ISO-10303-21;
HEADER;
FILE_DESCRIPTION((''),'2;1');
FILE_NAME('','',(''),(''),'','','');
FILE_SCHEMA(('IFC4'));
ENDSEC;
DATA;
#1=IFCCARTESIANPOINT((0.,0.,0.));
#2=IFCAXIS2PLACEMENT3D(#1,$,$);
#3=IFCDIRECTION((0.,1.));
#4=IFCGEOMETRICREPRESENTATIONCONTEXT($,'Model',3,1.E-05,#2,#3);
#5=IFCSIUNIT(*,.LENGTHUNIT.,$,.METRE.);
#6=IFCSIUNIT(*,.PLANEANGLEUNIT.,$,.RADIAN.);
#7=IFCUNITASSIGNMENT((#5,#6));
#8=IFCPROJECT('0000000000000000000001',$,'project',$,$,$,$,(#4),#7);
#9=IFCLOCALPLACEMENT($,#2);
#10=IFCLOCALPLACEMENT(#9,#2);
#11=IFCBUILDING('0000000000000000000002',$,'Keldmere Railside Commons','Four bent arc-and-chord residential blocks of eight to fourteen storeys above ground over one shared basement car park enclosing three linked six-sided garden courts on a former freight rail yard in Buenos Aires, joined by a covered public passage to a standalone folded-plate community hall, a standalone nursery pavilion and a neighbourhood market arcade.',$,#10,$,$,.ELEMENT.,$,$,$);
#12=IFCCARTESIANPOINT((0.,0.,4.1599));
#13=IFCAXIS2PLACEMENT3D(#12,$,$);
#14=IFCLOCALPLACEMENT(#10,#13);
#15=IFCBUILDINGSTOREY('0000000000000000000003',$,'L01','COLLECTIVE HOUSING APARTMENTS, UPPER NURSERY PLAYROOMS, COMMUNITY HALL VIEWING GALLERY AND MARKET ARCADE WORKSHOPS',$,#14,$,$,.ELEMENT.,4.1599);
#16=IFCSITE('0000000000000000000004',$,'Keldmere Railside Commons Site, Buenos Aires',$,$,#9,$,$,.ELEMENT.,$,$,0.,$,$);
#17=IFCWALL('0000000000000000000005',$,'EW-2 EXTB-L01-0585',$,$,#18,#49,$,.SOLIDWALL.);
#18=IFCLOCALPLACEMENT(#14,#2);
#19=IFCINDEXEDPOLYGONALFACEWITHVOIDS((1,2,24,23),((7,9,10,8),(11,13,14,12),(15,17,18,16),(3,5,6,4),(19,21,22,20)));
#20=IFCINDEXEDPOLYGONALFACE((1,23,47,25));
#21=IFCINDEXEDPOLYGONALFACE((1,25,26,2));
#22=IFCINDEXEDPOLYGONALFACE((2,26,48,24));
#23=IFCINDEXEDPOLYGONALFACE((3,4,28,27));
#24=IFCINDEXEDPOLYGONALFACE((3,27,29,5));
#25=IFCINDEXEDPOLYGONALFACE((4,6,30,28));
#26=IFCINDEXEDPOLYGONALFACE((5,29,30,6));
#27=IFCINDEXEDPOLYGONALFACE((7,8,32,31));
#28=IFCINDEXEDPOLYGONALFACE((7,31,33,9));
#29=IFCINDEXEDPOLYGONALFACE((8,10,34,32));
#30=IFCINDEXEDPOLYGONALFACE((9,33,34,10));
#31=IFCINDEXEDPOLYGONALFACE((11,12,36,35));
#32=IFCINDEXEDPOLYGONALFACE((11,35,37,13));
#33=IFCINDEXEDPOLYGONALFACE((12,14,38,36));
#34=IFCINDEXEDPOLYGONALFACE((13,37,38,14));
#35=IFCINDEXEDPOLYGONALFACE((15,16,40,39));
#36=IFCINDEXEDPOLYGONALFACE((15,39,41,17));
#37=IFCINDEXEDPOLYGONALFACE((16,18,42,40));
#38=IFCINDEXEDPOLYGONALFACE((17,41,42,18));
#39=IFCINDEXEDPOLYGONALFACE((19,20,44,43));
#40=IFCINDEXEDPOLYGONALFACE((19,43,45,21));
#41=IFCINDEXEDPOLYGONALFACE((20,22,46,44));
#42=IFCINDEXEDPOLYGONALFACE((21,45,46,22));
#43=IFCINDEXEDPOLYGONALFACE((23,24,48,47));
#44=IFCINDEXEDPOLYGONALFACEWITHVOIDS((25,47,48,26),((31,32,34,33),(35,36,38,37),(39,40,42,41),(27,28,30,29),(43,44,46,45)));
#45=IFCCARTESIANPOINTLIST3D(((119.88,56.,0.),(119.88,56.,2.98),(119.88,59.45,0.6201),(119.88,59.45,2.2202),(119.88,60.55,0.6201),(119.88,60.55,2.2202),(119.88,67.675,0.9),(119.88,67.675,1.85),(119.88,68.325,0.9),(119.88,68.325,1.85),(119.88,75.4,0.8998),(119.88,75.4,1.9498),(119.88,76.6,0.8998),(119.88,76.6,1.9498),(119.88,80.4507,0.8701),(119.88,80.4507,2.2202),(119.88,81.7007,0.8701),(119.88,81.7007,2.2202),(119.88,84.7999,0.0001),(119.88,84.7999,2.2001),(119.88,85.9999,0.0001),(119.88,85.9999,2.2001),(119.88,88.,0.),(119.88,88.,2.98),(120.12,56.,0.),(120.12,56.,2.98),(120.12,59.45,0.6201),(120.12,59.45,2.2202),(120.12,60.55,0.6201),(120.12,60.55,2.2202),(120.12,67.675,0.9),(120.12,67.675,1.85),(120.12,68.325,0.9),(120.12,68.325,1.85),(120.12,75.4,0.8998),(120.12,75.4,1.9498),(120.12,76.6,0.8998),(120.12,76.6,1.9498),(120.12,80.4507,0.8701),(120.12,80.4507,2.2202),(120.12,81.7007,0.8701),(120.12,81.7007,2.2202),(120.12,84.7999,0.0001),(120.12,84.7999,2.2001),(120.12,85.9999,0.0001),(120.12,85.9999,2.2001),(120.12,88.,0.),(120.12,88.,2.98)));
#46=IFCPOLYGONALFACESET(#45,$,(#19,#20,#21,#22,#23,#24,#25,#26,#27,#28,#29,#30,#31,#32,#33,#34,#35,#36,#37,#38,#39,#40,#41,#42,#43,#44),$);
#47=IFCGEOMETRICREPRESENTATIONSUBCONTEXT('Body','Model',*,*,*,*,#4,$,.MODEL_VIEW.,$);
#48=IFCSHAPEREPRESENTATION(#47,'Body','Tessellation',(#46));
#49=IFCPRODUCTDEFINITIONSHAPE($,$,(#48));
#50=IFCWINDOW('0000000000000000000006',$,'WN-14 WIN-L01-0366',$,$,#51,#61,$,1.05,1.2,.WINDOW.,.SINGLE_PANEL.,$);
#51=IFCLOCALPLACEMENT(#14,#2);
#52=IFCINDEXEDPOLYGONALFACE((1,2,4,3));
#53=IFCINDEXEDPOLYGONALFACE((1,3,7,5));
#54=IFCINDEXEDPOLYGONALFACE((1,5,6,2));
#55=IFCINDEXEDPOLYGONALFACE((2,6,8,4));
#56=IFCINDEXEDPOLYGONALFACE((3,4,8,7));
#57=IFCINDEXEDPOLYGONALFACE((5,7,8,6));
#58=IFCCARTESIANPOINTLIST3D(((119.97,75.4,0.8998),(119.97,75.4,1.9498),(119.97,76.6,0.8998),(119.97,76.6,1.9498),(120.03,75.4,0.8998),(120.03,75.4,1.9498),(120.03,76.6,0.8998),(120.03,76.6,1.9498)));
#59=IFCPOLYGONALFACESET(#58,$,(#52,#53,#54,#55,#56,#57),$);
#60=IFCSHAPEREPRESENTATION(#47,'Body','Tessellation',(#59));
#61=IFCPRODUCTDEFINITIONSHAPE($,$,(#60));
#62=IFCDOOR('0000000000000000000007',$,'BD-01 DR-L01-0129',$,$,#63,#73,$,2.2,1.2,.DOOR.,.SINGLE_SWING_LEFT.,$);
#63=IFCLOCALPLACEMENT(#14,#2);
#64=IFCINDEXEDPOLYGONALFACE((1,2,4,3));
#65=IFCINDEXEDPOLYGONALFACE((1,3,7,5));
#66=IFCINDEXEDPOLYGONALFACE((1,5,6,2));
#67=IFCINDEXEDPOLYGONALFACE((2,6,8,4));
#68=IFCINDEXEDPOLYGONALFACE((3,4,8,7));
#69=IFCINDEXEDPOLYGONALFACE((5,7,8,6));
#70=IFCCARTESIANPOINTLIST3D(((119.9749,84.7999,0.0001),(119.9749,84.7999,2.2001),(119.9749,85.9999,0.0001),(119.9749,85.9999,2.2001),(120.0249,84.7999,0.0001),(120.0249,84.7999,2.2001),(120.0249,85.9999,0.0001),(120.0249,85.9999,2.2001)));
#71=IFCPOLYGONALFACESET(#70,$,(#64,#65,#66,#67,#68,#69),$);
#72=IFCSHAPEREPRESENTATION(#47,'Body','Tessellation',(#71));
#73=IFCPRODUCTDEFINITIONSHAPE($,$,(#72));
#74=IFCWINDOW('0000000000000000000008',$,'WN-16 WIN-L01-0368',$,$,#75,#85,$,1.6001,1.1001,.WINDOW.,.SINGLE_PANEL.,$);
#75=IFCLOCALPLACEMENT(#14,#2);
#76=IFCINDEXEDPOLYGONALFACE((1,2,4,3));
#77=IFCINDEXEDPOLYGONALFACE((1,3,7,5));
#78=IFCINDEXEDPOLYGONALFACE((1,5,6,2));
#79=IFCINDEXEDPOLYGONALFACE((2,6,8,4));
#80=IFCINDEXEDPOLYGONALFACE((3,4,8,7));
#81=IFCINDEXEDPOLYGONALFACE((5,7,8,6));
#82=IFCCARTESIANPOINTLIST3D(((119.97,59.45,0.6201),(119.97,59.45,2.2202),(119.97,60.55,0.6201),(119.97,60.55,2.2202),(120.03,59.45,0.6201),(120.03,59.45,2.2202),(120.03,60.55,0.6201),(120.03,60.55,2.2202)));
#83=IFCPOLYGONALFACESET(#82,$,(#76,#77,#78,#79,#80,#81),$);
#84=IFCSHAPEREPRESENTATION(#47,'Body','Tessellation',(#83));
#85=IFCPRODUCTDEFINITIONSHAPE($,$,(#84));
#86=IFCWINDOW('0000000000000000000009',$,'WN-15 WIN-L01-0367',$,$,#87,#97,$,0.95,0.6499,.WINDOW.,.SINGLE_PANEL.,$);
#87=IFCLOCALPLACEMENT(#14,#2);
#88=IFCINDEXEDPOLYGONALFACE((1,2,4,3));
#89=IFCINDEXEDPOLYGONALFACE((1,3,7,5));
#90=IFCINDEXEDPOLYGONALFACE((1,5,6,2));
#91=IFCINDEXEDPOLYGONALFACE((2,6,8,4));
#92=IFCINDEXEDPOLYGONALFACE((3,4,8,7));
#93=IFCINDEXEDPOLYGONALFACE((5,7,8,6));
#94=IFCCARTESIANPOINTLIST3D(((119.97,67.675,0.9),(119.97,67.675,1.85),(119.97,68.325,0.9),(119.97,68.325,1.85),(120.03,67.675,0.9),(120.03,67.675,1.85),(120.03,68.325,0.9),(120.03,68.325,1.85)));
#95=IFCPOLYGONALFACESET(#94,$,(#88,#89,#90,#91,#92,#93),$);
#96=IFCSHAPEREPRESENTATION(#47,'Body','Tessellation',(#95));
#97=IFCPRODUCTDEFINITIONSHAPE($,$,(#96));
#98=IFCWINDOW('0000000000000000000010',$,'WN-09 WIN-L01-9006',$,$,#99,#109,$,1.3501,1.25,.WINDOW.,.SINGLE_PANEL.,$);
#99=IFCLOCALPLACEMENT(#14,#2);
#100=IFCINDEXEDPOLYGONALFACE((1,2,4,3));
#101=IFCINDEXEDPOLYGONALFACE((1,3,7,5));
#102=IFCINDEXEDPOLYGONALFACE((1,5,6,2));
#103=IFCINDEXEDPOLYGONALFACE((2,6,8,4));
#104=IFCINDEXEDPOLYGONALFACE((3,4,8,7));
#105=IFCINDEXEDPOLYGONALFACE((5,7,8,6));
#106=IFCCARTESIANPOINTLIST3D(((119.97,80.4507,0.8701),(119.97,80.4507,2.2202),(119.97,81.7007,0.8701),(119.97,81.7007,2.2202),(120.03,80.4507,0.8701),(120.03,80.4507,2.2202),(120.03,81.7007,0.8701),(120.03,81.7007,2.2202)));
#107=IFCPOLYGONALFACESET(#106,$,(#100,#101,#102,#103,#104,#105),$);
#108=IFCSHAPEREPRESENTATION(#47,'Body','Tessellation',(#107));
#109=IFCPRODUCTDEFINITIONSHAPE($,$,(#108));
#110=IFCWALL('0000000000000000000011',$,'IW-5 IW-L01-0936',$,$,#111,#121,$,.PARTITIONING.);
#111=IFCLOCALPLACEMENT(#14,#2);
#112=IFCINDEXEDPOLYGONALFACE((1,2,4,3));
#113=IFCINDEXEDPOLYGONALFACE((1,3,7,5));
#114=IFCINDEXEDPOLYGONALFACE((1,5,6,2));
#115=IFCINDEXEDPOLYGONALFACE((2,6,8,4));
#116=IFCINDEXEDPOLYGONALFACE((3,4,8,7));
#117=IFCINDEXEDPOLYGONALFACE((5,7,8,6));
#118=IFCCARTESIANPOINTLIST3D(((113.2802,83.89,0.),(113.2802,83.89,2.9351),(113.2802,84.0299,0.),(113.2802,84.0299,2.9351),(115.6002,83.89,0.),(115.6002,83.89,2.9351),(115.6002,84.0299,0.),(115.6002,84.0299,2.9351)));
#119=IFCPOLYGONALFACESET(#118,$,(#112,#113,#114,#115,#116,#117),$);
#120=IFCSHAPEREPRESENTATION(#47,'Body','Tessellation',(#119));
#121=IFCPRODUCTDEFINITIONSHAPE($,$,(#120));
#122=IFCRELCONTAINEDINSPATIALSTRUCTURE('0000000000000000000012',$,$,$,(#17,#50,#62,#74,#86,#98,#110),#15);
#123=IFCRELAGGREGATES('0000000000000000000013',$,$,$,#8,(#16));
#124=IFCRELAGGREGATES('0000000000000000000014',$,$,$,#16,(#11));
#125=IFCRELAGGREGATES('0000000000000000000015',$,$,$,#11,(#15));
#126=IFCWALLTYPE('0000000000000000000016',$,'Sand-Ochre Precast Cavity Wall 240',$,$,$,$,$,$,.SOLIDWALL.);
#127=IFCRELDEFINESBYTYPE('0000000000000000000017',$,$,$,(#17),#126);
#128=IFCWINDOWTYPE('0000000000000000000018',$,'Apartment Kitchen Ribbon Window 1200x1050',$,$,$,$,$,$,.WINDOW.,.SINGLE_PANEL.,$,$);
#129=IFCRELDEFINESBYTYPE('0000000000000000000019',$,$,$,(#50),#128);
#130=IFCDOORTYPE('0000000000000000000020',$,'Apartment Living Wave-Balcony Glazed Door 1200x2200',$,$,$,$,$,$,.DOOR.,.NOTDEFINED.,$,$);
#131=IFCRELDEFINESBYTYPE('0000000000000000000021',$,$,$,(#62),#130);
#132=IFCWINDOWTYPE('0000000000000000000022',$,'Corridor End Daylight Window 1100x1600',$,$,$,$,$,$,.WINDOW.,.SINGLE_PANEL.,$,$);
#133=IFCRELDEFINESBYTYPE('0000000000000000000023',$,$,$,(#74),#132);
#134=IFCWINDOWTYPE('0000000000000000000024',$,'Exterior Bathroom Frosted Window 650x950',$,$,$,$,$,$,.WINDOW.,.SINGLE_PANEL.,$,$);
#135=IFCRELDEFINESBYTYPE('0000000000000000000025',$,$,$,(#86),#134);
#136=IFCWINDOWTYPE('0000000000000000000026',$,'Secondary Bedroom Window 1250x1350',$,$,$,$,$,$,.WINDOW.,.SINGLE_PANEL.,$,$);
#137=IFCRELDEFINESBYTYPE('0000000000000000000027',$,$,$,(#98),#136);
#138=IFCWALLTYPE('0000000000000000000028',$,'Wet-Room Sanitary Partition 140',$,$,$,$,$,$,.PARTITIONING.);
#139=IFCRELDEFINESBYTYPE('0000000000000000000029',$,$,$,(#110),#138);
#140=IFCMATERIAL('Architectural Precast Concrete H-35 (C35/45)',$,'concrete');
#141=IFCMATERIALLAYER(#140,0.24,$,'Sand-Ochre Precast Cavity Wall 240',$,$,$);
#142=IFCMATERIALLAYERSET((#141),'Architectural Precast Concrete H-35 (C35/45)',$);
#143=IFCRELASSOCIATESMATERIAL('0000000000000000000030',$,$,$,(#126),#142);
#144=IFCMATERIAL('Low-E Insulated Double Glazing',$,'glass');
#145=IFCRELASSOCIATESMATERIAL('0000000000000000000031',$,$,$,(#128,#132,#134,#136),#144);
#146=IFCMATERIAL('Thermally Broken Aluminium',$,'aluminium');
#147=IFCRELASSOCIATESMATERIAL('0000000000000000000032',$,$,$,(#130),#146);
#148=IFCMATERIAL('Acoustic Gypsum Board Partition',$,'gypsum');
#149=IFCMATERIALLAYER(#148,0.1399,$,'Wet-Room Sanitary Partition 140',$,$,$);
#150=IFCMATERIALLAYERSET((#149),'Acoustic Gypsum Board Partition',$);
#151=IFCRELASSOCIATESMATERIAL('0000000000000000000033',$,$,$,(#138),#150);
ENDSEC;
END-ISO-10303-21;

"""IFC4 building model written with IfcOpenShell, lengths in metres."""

from ifc_helpers import new_model, si_unit, direction, frame, frame_2d, origin, place, context, subcontext, project, spatial, rectangle, extrude, material, layer, layer_set, type_object, element, fill, save


model = new_model("IFC4")

# Units and contexts
model_context = context("Model", 3, precision=1e-05, world=origin(), true_north=direction((0.0, 1.0)))
body_context = subcontext(model_context, "Body", "Model", "MODEL_VIEW")
ifc_project = project(units=[si_unit("LENGTHUNIT", "METRE"), si_unit("PLANEANGLEUNIT", "RADIAN")], contexts=[model_context])

# Site, building, storey
site_placement = place(None, origin())
site = spatial("IfcSite", under=ifc_project, at=site_placement, Name="Keldmere Railside Commons Site, Buenos Aires", CompositionType="ELEMENT", RefElevation=0.0)
building_placement = place(site_placement, origin())
building = spatial("IfcBuilding", under=site, at=building_placement, Name="Keldmere Railside Commons", Description="Four bent arc-and-chord residential blocks of eight to fourteen storeys above ground over one shared basement car park enclosing three linked six-sided garden courts on a former freight rail yard in Buenos Aires, joined by a covered public passage to a standalone folded-plate community hall, a standalone nursery pavilion and a neighbourhood market arcade.", CompositionType="ELEMENT")
storey_placement = place(building_placement, frame((0.0, 0.0, 4.1599)))
storey = spatial("IfcBuildingStorey", under=building, at=storey_placement, Name="L01", Description="COLLECTIVE HOUSING APARTMENTS, UPPER NURSERY PLAYROOMS, COMMUNITY HALL VIEWING GALLERY AND MARKET ARCADE WORKSHOPS", CompositionType="ELEMENT", Elevation=4.1599)

# Shared definitions
ifc_material_1 = material(Name="Architectural Precast Concrete H-35 (C35/45)", Category="concrete")

# Shared definitions
ifc_material_2 = material(Name="Thermally Broken Aluminium", Category="aluminium")

# Shared definitions
ifc_material_3 = material(Name="Acoustic Gypsum Board Partition", Category="gypsum")

# Wall, openings, windows, door
ifc_layer_1 = layer(ifc_material_1, 0.24, Name="Sand-Ochre Precast Cavity Wall 240")
ifc_layer_set_1 = layer_set([ifc_layer_1], Name="Architectural Precast Concrete H-35 (C35/45)")
wall_type_1 = type_object("IfcWallType", Name="Sand-Ochre Precast Cavity Wall 240", PredefinedType="SOLIDWALL", material=ifc_layer_set_1)
wall_1_placement = place(storey_placement, frame((120.0, 88.0, 0.0), z_axis=(0.0, 0.0, 1.0), x_axis=(0.0, -1.0, 0.0)))
wall_1 = element("IfcWall", 1, at=wall_1_placement, inside=storey, type_object=wall_type_1, Name="EW-2 EXTB-L01-0585", PredefinedType="SOLIDWALL", context=body_context, shape_type="SweptSolid", body=[
    extrude(rectangle(XDim=32.0, YDim=0.24, at=frame_2d((16.0, 0.0))), origin(), (0.0, 0.0, 1.0), 2.98),
])
opening_1_placement = place(wall_1_placement, frame((2.0, 0.0, 0.0)))
opening_1 = element("IfcOpeningElement", 2, at=opening_1_placement, cuts=wall_1, PredefinedType="OPENING", context=body_context, shape_type="SweptSolid", body=[
    extrude(rectangle(XDim=1.2, YDim=2.2, at=frame_2d((0.6001, 1.1001))), frame((0.0, 0.1299, 0.0), z_axis=(0.0, -1.0, 0.0), x_axis=(1.0, 0.0, 0.0)), (0.0, 0.0, 1.0), 0.26),
])
opening_2_placement = place(wall_1_placement, frame((11.3999, 0.0, 0.8999)))
opening_2 = element("IfcOpeningElement", 3, at=opening_2_placement, cuts=wall_1, PredefinedType="OPENING", context=body_context, shape_type="SweptSolid", body=[
    extrude(rectangle(XDim=1.2, YDim=1.05, at=frame_2d((0.6001, 0.5249))), frame((0.0, 0.1299, 0.0), z_axis=(0.0, -1.0, 0.0), x_axis=(1.0, 0.0, 0.0)), (0.0, 0.0, 1.0), 0.26),
])
opening_3_placement = place(wall_1_placement, frame((19.675, 0.0, 0.8999)))
opening_3 = element("IfcOpeningElement", 4, at=opening_3_placement, cuts=wall_1, PredefinedType="OPENING", context=body_context, shape_type="SweptSolid", body=[
    extrude(rectangle(XDim=0.6499, YDim=0.95, at=frame_2d((0.325, 0.4751))), frame((0.0, 0.1299, 0.0), z_axis=(0.0, -1.0, 0.0), x_axis=(1.0, 0.0, 0.0)), (0.0, 0.0, 1.0), 0.26),
])
opening_4_placement = place(wall_1_placement, frame((27.45, 0.0, 0.6201)))
opening_4 = element("IfcOpeningElement", 5, at=opening_4_placement, cuts=wall_1, PredefinedType="OPENING", context=body_context, shape_type="SweptSolid", body=[
    extrude(rectangle(XDim=1.1001, YDim=1.6001, at=frame_2d((0.55, 0.8))), frame((0.0, 0.1299, 0.0), z_axis=(0.0, -1.0, 0.0), x_axis=(1.0, 0.0, 0.0)), (0.0, 0.0, 1.0), 0.26),
])
opening_5_placement = place(wall_1_placement, frame((6.2993, 0.0, 0.8701)))
opening_5 = element("IfcOpeningElement", 6, at=opening_5_placement, cuts=wall_1, PredefinedType="OPENING", context=body_context, shape_type="SweptSolid", body=[
    extrude(rectangle(XDim=1.25, YDim=1.3501, at=frame_2d((0.625, 0.675))), frame((0.0, 0.1299, 0.0), z_axis=(0.0, -1.0, 0.0), x_axis=(1.0, 0.0, 0.0)), (0.0, 0.0, 1.0), 0.26),
])
ifc_material_4 = material(Name="Low-E Insulated Double Glazing", Category="glass")
window_type_1 = type_object("IfcWindowType", Name="Apartment Kitchen Ribbon Window 1200x1050", PartitioningType="SINGLE_PANEL", PredefinedType="WINDOW", material=ifc_material_4)
window_1_placement = place(opening_2_placement, origin())
window_1 = element("IfcWindow", 7, at=window_1_placement, inside=storey, type_object=window_type_1, Name="WN-14 WIN-L01-0366", OverallHeight=1.05, OverallWidth=1.2, PartitioningType="SINGLE_PANEL", PredefinedType="WINDOW", context=body_context, shape_type="SweptSolid", body=[
    extrude(rectangle(XDim=1.2, YDim=1.05, at=frame_2d((0.6001, 0.5249))), frame((0.0, 0.03, 0.0), z_axis=(0.0, -1.0, 0.0), x_axis=(1.0, 0.0, 0.0)), (0.0, 0.0, 1.0), 0.0601),
])
fill(opening_2, window_1)
door_type_1 = type_object("IfcDoorType", Name="Apartment Living Wave-Balcony Glazed Door 1200x2200", OperationType="NOTDEFINED", PredefinedType="DOOR", material=ifc_material_2)
door_1_placement = place(opening_1_placement, origin())
door_1 = element("IfcDoor", 8, at=door_1_placement, inside=storey, type_object=door_type_1, Name="BD-01 DR-L01-0129", OperationType="SINGLE_SWING_LEFT", OverallHeight=2.2, OverallWidth=1.2, PredefinedType="DOOR", context=body_context, shape_type="SweptSolid", body=[
    extrude(rectangle(XDim=1.2, YDim=2.2, at=frame_2d((0.6001, 1.1001))), frame((0.0, 0.0249, 0.0), z_axis=(0.0, -1.0, 0.0), x_axis=(1.0, 0.0, 0.0)), (0.0, 0.0, 1.0), 0.05),
])
fill(opening_1, door_1)
window_type_2 = type_object("IfcWindowType", Name="Corridor End Daylight Window 1100x1600", PartitioningType="SINGLE_PANEL", PredefinedType="WINDOW", material=ifc_material_4)
window_2_placement = place(opening_4_placement, origin())
window_2 = element("IfcWindow", 9, at=window_2_placement, inside=storey, type_object=window_type_2, Name="WN-16 WIN-L01-0368", OverallHeight=1.6001, OverallWidth=1.1001, PartitioningType="SINGLE_PANEL", PredefinedType="WINDOW", context=body_context, shape_type="SweptSolid", body=[
    extrude(rectangle(XDim=1.1001, YDim=1.6001, at=frame_2d((0.55, 0.8))), frame((0.0, 0.03, 0.0), z_axis=(0.0, -1.0, 0.0), x_axis=(1.0, 0.0, 0.0)), (0.0, 0.0, 1.0), 0.0601),
])
fill(opening_4, window_2)
window_type_3 = type_object("IfcWindowType", Name="Exterior Bathroom Frosted Window 650x950", PartitioningType="SINGLE_PANEL", PredefinedType="WINDOW", material=ifc_material_4)
window_3_placement = place(opening_3_placement, origin())
window_3 = element("IfcWindow", 10, at=window_3_placement, inside=storey, type_object=window_type_3, Name="WN-15 WIN-L01-0367", OverallHeight=0.95, OverallWidth=0.6499, PartitioningType="SINGLE_PANEL", PredefinedType="WINDOW", context=body_context, shape_type="SweptSolid", body=[
    extrude(rectangle(XDim=0.6499, YDim=0.95, at=frame_2d((0.325, 0.4751))), frame((0.0, 0.03, 0.0), z_axis=(0.0, -1.0, 0.0), x_axis=(1.0, 0.0, 0.0)), (0.0, 0.0, 1.0), 0.0601),
])
fill(opening_3, window_3)
window_type_4 = type_object("IfcWindowType", Name="Secondary Bedroom Window 1250x1350", PartitioningType="SINGLE_PANEL", PredefinedType="WINDOW", material=ifc_material_4)
window_4_placement = place(opening_5_placement, origin())
window_4 = element("IfcWindow", 11, at=window_4_placement, inside=storey, type_object=window_type_4, Name="WN-09 WIN-L01-9006", OverallHeight=1.3501, OverallWidth=1.25, PartitioningType="SINGLE_PANEL", PredefinedType="WINDOW", context=body_context, shape_type="SweptSolid", body=[
    extrude(rectangle(XDim=1.25, YDim=1.3501, at=frame_2d((0.625, 0.675))), frame((0.0, 0.03, 0.0), z_axis=(0.0, -1.0, 0.0), x_axis=(1.0, 0.0, 0.0)), (0.0, 0.0, 1.0), 0.0601),
])
fill(opening_5, window_4)

# Wall
ifc_layer_2 = layer(ifc_material_3, 0.1399, Name="Wet-Room Sanitary Partition 140")
ifc_layer_set_2 = layer_set([ifc_layer_2], Name="Acoustic Gypsum Board Partition")
wall_type_2 = type_object("IfcWallType", Name="Wet-Room Sanitary Partition 140", PredefinedType="PARTITIONING", material=ifc_layer_set_2)
wall_2_placement = place(storey_placement, frame((113.28, 83.96, 0.0), z_axis=(0.0, 0.0, 1.0), x_axis=(1.0, 0.0, 0.0)))
element("IfcWall", 12, at=wall_2_placement, inside=storey, type_object=wall_type_2, Name="IW-5 IW-L01-0936", PredefinedType="PARTITIONING", context=body_context, shape_type="SweptSolid", body=[
    extrude(rectangle(XDim=2.3201, YDim=0.1399, at=frame_2d((1.1602, 0.0))), origin(), (0.0, 0.0, 1.0), 2.9351),
])

save(model, "model.ifc")
